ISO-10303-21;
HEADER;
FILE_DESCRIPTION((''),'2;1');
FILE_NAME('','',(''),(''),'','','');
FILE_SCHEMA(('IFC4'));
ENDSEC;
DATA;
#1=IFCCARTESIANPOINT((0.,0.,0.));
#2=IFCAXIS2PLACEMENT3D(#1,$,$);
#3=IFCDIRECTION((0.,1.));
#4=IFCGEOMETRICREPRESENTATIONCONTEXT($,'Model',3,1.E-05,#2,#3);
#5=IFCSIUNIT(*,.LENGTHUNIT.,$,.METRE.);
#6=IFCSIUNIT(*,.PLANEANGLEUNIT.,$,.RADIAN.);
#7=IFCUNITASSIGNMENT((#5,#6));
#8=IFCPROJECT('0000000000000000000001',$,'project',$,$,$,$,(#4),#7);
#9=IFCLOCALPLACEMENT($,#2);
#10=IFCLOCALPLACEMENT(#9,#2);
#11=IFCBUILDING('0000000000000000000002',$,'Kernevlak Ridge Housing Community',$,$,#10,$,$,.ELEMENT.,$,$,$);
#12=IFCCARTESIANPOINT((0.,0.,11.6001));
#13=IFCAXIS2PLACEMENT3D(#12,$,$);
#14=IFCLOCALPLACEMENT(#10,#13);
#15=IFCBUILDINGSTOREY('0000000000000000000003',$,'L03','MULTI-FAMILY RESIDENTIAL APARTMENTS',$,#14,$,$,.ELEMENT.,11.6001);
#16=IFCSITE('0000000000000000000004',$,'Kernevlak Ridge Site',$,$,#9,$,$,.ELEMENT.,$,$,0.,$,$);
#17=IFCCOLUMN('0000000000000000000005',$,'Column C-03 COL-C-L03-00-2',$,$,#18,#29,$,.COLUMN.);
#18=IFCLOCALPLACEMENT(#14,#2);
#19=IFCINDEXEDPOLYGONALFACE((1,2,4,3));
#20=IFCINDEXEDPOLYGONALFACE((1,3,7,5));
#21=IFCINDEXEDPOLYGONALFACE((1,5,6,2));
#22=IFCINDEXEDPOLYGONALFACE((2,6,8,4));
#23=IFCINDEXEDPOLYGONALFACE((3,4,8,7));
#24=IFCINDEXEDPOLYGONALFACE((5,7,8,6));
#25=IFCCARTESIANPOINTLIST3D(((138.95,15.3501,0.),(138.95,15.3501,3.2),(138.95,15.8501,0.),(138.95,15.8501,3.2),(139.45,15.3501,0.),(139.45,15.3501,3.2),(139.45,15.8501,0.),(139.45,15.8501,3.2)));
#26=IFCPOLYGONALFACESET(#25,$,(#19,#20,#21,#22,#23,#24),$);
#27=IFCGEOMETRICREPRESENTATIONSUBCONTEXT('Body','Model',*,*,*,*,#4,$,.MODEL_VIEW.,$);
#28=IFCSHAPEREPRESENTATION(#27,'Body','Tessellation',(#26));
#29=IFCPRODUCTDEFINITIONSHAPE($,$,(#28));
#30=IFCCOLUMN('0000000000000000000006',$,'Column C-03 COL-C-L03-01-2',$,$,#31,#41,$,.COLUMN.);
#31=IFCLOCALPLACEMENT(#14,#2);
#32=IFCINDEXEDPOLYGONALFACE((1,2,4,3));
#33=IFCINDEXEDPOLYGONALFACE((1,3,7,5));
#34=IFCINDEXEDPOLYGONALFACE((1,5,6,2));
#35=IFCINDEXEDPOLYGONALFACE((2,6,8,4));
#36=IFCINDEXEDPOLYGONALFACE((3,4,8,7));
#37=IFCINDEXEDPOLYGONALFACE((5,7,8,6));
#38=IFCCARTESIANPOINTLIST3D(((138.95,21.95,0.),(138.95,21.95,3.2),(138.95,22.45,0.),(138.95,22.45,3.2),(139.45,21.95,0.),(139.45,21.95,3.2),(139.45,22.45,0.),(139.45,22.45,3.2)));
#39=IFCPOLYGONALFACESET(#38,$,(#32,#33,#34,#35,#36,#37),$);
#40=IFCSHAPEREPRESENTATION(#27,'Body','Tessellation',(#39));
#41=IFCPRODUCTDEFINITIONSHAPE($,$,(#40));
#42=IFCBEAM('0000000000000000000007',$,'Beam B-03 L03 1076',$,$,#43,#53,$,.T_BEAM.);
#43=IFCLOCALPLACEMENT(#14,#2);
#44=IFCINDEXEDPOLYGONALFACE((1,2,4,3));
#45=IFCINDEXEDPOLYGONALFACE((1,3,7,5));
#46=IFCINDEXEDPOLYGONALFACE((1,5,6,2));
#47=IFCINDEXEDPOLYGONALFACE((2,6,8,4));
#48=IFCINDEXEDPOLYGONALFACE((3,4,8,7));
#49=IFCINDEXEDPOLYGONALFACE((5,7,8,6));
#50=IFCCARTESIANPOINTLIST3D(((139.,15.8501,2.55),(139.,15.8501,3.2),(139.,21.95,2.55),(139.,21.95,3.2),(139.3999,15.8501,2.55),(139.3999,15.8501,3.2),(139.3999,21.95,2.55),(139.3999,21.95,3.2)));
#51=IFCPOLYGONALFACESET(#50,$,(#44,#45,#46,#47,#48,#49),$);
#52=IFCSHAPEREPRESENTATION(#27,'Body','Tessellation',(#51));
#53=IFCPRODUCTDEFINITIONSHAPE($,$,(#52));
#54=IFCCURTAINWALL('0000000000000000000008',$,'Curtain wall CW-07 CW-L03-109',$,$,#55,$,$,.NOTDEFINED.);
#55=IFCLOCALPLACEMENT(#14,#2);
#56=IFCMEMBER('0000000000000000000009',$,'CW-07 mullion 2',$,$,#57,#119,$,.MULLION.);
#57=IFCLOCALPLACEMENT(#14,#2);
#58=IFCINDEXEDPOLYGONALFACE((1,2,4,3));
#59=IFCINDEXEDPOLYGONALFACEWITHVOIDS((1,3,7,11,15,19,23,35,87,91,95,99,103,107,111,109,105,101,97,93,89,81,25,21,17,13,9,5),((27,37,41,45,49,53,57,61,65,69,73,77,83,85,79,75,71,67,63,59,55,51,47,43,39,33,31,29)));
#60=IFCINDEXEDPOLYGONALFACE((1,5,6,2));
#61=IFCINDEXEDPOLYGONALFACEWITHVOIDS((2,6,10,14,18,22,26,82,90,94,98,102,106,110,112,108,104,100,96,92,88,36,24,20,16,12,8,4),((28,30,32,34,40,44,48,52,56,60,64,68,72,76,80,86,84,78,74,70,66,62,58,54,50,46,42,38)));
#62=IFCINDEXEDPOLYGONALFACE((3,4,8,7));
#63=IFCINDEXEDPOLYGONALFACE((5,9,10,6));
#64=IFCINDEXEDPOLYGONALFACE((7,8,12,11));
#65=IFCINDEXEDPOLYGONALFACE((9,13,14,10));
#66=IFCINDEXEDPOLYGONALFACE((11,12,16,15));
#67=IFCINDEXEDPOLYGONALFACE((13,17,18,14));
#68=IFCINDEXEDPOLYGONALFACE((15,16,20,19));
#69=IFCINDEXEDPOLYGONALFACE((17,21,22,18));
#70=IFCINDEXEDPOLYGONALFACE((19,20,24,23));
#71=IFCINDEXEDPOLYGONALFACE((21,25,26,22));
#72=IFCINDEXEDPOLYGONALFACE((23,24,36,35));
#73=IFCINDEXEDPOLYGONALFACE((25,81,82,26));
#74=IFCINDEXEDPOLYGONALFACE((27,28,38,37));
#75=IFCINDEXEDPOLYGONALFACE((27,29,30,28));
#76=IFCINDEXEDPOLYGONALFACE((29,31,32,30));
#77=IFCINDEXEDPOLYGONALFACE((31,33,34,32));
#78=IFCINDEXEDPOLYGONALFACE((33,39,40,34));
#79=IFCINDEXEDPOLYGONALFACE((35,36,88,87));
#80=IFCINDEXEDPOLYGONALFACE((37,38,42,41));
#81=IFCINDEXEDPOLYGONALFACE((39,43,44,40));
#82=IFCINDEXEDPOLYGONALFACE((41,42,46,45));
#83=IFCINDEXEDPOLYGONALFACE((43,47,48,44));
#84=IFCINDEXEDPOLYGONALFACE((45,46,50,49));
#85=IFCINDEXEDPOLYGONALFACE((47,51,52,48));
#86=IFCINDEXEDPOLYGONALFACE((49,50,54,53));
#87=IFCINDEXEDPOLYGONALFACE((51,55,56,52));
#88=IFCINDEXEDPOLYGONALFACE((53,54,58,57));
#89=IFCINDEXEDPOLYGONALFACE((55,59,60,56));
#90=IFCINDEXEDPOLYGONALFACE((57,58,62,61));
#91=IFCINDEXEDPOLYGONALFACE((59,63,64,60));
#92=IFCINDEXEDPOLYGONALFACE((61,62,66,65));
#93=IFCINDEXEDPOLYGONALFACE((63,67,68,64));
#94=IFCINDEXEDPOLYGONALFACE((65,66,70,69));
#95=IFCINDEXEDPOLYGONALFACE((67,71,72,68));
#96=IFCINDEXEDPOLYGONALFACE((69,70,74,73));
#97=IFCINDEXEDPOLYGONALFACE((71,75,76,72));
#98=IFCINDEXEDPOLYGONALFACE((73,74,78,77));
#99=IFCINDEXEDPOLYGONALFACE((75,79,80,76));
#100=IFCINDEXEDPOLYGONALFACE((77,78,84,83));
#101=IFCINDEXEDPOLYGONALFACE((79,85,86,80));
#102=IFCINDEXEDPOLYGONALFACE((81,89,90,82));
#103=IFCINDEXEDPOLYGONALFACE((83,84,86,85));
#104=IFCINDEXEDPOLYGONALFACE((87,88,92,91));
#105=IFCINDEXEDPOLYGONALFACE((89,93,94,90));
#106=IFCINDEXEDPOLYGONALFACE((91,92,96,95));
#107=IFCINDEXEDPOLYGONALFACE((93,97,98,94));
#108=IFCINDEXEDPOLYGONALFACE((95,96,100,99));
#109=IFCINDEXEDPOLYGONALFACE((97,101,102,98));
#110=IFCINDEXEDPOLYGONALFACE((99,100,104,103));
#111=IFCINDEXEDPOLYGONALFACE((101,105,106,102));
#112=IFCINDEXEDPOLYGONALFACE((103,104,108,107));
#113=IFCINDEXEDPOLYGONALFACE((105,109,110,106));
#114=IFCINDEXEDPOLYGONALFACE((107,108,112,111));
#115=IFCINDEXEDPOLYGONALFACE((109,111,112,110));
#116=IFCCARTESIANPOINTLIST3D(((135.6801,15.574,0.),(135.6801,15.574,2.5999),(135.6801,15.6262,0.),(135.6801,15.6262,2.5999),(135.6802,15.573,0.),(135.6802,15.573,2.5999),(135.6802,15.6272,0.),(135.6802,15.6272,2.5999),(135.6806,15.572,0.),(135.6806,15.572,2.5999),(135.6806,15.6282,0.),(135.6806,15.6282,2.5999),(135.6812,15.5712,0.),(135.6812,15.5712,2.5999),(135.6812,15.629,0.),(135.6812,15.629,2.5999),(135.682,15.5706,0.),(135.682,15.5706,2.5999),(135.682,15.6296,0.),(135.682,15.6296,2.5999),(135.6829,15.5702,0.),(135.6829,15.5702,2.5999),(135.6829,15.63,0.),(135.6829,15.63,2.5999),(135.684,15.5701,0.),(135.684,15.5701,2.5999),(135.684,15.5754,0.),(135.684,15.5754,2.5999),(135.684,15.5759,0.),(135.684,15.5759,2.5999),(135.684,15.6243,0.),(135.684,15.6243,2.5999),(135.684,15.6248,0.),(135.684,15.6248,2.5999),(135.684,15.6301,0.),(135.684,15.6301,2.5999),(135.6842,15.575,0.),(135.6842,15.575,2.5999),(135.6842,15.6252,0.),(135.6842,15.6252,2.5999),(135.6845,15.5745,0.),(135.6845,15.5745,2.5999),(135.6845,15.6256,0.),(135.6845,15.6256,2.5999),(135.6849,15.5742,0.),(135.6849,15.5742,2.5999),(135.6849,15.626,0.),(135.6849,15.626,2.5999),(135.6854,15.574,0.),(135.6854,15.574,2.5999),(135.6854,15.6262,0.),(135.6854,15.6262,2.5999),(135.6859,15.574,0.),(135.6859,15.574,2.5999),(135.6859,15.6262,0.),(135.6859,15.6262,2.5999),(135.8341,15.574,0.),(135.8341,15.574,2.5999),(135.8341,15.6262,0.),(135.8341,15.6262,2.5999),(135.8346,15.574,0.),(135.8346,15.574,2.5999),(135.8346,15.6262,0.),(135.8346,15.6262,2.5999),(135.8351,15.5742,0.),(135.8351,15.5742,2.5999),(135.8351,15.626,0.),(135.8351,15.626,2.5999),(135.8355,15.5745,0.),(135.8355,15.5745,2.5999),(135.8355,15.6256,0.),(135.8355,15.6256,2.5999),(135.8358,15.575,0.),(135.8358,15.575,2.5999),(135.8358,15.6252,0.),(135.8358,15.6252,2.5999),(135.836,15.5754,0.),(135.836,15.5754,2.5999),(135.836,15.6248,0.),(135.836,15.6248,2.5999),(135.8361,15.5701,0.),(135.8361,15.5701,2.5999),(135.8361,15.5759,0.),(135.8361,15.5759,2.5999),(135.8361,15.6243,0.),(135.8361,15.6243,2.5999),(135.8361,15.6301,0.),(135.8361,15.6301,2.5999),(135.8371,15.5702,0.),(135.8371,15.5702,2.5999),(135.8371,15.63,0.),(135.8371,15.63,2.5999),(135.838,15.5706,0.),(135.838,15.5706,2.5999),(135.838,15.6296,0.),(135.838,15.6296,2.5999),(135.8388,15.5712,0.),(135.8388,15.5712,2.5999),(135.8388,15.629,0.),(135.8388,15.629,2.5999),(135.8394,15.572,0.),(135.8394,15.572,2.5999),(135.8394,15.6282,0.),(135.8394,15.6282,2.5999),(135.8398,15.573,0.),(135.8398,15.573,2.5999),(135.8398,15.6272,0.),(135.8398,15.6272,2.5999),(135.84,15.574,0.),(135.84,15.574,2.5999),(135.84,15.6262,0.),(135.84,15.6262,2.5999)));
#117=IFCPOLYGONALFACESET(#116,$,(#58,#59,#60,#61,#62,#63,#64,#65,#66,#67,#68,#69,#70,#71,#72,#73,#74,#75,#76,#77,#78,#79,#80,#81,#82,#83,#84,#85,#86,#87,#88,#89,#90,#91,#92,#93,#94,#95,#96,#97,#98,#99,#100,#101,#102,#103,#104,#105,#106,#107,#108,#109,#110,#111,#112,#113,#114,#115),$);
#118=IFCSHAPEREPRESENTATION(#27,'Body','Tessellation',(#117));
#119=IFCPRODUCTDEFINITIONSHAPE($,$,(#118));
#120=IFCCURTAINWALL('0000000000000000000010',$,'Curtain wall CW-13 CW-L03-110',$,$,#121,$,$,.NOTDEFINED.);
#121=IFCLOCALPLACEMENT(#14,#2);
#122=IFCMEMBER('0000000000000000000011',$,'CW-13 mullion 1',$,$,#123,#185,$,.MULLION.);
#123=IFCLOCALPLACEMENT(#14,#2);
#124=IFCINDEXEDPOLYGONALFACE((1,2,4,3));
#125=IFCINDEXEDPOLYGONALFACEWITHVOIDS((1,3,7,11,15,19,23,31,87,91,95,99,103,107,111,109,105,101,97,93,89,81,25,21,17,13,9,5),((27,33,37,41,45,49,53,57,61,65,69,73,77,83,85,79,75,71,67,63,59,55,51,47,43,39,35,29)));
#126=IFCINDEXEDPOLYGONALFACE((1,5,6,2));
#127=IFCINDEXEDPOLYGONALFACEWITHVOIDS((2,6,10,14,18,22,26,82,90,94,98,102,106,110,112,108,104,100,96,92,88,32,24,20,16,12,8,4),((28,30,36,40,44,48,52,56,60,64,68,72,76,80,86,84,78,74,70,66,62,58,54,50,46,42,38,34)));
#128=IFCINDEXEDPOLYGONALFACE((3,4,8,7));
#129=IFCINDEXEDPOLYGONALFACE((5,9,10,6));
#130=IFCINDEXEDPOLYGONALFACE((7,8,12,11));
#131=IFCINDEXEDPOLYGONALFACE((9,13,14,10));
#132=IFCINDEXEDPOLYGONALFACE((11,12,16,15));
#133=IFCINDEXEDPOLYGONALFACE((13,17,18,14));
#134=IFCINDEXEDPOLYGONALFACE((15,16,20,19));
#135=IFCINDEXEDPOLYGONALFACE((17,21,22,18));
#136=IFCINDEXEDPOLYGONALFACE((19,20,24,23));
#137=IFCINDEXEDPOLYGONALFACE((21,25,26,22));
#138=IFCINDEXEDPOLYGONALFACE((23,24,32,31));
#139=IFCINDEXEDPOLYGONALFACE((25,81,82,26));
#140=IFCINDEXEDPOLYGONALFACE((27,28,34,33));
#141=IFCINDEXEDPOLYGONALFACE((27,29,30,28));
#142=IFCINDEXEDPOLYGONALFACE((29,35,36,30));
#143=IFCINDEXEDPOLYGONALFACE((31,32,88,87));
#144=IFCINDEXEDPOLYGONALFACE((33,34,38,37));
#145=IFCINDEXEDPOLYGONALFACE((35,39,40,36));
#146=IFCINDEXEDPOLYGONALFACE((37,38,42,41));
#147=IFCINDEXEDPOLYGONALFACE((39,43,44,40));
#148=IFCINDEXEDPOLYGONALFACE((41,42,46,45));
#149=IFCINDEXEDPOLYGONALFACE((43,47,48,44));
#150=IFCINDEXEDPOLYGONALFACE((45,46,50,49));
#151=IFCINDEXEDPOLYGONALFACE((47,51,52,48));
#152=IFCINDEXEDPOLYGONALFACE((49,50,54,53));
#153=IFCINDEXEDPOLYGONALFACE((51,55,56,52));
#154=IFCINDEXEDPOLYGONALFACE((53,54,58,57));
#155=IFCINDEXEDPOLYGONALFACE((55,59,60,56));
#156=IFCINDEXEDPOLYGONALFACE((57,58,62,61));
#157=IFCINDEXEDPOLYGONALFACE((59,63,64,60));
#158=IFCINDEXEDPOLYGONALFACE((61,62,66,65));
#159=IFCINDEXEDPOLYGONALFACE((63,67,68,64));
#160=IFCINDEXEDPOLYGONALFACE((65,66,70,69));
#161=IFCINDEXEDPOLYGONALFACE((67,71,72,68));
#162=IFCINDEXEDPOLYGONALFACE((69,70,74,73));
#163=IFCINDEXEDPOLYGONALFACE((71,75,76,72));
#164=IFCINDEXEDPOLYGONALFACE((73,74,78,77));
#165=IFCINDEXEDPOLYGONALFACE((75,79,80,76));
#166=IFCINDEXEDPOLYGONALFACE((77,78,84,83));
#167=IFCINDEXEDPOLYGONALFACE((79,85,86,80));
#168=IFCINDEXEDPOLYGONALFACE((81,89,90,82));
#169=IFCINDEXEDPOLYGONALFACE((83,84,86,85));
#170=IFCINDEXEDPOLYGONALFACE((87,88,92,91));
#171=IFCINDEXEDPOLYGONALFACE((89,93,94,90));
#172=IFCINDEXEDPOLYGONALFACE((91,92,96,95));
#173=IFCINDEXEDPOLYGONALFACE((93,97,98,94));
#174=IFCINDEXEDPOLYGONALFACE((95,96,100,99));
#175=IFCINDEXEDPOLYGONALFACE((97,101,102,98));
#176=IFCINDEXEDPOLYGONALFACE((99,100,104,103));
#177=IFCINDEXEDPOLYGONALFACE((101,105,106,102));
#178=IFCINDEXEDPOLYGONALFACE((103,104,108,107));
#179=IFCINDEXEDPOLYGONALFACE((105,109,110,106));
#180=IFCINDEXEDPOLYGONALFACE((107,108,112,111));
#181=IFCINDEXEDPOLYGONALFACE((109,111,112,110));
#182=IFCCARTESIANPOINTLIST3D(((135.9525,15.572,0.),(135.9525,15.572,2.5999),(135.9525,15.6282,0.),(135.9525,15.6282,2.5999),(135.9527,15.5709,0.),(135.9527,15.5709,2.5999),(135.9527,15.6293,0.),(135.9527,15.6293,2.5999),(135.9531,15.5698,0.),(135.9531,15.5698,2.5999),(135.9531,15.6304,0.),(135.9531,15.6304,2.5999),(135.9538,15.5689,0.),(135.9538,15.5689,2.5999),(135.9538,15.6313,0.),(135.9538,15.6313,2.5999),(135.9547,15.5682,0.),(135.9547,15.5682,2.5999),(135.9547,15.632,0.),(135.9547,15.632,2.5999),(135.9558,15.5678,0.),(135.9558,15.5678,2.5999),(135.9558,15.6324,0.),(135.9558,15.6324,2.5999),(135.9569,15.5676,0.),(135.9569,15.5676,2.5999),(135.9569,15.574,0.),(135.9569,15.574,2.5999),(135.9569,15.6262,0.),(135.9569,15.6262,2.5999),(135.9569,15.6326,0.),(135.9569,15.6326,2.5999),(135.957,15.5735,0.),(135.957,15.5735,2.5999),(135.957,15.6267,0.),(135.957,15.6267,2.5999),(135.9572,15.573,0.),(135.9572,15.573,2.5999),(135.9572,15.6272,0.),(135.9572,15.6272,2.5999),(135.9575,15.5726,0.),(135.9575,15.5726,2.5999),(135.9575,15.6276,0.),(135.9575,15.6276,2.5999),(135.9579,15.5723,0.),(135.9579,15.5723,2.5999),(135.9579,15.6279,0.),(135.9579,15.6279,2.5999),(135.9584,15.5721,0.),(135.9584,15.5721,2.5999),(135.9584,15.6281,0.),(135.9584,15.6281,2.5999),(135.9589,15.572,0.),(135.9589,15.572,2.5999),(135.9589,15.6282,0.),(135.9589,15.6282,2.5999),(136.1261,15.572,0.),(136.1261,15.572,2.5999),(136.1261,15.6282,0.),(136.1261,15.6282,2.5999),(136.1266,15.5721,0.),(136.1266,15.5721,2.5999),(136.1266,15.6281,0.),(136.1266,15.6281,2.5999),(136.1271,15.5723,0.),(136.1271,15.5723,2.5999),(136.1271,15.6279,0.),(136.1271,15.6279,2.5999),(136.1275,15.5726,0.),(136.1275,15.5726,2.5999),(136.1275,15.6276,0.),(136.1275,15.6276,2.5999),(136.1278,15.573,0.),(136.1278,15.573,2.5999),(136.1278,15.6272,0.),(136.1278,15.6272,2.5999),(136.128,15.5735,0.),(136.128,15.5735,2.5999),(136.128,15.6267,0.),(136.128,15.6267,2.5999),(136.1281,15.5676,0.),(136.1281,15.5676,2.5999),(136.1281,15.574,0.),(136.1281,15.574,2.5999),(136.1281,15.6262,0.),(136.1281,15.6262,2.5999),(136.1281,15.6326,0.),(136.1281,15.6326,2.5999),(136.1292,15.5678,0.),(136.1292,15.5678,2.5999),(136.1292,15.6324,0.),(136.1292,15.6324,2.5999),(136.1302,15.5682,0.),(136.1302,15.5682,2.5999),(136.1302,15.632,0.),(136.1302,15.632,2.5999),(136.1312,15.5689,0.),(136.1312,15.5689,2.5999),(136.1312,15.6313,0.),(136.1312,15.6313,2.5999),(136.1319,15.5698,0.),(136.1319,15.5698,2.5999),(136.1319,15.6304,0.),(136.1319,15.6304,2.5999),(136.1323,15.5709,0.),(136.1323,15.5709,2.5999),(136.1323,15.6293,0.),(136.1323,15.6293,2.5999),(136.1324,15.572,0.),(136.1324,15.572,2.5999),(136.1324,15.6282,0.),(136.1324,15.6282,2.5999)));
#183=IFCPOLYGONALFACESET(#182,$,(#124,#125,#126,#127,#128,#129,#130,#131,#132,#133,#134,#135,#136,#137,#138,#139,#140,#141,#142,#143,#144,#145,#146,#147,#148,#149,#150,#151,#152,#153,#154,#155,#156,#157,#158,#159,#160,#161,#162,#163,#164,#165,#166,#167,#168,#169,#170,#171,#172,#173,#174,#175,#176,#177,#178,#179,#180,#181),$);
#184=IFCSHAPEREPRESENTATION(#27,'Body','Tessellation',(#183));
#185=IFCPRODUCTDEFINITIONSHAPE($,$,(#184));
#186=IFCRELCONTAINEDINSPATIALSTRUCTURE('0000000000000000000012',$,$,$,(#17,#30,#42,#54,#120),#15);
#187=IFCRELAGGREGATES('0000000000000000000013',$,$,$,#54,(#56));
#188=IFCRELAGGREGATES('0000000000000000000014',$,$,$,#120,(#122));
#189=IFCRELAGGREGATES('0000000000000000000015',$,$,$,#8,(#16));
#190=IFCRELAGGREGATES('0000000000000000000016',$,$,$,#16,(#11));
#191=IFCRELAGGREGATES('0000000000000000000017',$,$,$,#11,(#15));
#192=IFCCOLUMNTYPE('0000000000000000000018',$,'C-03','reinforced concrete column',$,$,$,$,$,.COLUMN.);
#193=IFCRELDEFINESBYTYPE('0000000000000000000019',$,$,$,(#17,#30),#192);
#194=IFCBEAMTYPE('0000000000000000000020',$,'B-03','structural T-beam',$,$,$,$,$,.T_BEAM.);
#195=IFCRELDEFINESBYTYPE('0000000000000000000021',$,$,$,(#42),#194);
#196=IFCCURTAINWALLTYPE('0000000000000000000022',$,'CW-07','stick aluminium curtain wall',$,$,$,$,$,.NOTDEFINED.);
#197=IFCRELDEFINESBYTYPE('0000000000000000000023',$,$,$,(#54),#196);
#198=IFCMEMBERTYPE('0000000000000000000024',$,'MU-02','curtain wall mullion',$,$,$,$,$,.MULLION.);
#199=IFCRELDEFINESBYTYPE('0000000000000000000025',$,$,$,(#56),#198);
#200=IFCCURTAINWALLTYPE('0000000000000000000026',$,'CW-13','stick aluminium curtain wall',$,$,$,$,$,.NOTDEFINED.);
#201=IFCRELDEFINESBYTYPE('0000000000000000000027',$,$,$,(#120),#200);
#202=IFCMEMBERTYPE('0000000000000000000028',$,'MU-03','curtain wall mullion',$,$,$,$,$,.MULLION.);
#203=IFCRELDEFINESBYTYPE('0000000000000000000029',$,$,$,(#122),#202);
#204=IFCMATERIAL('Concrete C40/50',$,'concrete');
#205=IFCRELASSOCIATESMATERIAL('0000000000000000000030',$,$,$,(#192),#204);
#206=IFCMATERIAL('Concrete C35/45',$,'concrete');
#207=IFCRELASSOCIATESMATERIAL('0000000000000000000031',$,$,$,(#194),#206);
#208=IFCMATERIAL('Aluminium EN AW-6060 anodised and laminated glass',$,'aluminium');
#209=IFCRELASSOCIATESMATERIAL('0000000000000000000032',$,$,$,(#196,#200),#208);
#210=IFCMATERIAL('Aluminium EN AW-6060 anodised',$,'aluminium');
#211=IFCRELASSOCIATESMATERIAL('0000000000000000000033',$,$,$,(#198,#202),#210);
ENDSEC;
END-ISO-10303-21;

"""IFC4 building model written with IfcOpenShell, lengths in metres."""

from ifc_helpers import new_model, si_unit, direction, frame, origin, origin_2d, place, context, subcontext, project, spatial, rectangle, hollow_rectangle, extrude, material, material_profile, profile_set, type_object, element, aggregate, save


model = new_model("IFC4")

# Units and contexts
model_context = context("Model", 3, precision=1e-05, world=origin(), true_north=direction((0.0, 1.0)))
body_context = subcontext(model_context, "Body", "Model", "MODEL_VIEW")
ifc_project = project(units=[si_unit("LENGTHUNIT", "METRE"), si_unit("PLANEANGLEUNIT", "RADIAN")], contexts=[model_context])

# Site, building, storey
site_placement = place(None, origin())
site = spatial("IfcSite", under=ifc_project, at=site_placement, Name="Kernevlak Ridge Site", CompositionType="ELEMENT", RefElevation=0.0)
building_placement = place(site_placement, origin())
building = spatial("IfcBuilding", under=site, at=building_placement, Name="Kernevlak Ridge Housing Community", CompositionType="ELEMENT")
storey_placement = place(building_placement, frame((0.0, 0.0, 11.6001)))
storey = spatial("IfcBuildingStorey", under=building, at=storey_placement, Name="L03", Description="MULTI-FAMILY RESIDENTIAL APARTMENTS", CompositionType="ELEMENT", Elevation=11.6001)

# Columns
ifc_material_1 = material(Name="Concrete C40/50", Category="concrete")
ifc_material_profile_1 = material_profile(ifc_material_1, rectangle(XDim=0.5, YDim=0.5, at=origin_2d()), Name="RC 500x500")
ifc_profile_set_1 = profile_set([ifc_material_profile_1], Name="Concrete C40/50")
column_type = type_object("IfcColumnType", Name="C-03", Description="reinforced concrete column", PredefinedType="COLUMN", material=ifc_profile_set_1)
for number, where, z_axis, x_axis, name in (
    (1, (139.2, 15.6001, 0.0), (0.0, 0.0, 1.0), (1.0, 0.0, 0.0), "Column C-03 COL-C-L03-00-2"),
    (2, (139.2, 22.2, 0.0), (0.0, 0.0, 1.0), (1.0, 0.0, 0.0), "Column C-03 COL-C-L03-01-2"),
):
    element("IfcColumn", number, at=place(storey_placement, frame(where, z_axis=z_axis, x_axis=x_axis)), inside=storey, type_object=column_type, Name=name, PredefinedType="COLUMN", context=body_context, shape_type="SweptSolid", body=[
        extrude(rectangle(XDim=0.5, YDim=0.5, at=origin_2d()), origin(), (0.0, 0.0, 1.0), 3.2),
    ])

# Beam
ifc_material_2 = material(Name="Concrete C35/45", Category="concrete")
ifc_material_profile_2 = material_profile(ifc_material_2, rectangle(XDim=0.3999, YDim=0.6499, at=origin_2d()), Name="RC 400x650")
ifc_profile_set_2 = profile_set([ifc_material_profile_2], Name="Concrete C35/45")
beam_type = type_object("IfcBeamType", Name="B-03", Description="structural T-beam", PredefinedType="T_BEAM", material=ifc_profile_set_2)
beam_placement = place(storey_placement, frame((139.2, 15.8501, 2.875), z_axis=(0.0, 1.0, 0.0), x_axis=(-1.0, 0.0, 0.0)))
element("IfcBeam", 3, at=beam_placement, inside=storey, type_object=beam_type, Name="Beam B-03 L03 1076", PredefinedType="T_BEAM", context=body_context, shape_type="SweptSolid", body=[
    extrude(rectangle(XDim=0.3999, YDim=0.6499, at=origin_2d()), origin(), (0.0, 0.0, 1.0), 6.0999),
])

# Curtain wall, member
ifc_material_3 = material(Name="Aluminium EN AW-6060 anodised and laminated glass", Category="aluminium")
curtain_wall_type_1 = type_object("IfcCurtainWallType", Name="CW-07", Description="stick aluminium curtain wall", PredefinedType="NOTDEFINED", material=ifc_material_3)
curtain_wall_1_placement = place(storey_placement, origin())
curtain_wall_1 = element("IfcCurtainWall", 4, at=curtain_wall_1_placement, inside=storey, type_object=curtain_wall_type_1, Name="Curtain wall CW-07 CW-L03-109", PredefinedType="NOTDEFINED")
ifc_material_4 = material(Name="Aluminium EN AW-6060 anodised", Category="aluminium")
ifc_material_profile_3 = material_profile(ifc_material_4, hollow_rectangle(XDim=0.0601, YDim=0.1599, WallThickness=0.0039, InnerFilletRadius=0.002, OuterFilletRadius=0.0039, at=origin_2d()), Name="ALU 60x160x4")
ifc_profile_set_3 = profile_set([ifc_material_profile_3], Name="Aluminium EN AW-6060 anodised")
member_type_1 = type_object("IfcMemberType", Name="MU-02", Description="curtain wall mullion", PredefinedType="MULLION", material=ifc_profile_set_3)
member_1_placement = place(storey_placement, frame((135.76, 15.6001, 0.0), z_axis=(0.0, 0.0, 1.0), x_axis=(0.0, 1.0, 0.0)))
member_1 = element("IfcMember", 5, at=member_1_placement, type_object=member_type_1, Name="CW-07 mullion 2", PredefinedType="MULLION", context=body_context, shape_type="SweptSolid", body=[
    extrude(hollow_rectangle(XDim=0.0601, YDim=0.1599, WallThickness=0.0039, InnerFilletRadius=0.002, OuterFilletRadius=0.0039, at=origin_2d()), origin(), (0.0, 0.0, 1.0), 2.5999),
])

# Curtain wall, member
curtain_wall_type_2 = type_object("IfcCurtainWallType", Name="CW-13", Description="stick aluminium curtain wall", PredefinedType="NOTDEFINED", material=ifc_material_3)
curtain_wall_2_placement = place(storey_placement, origin())
curtain_wall_2 = element("IfcCurtainWall", 6, at=curtain_wall_2_placement, inside=storey, type_object=curtain_wall_type_2, Name="Curtain wall CW-13 CW-L03-110", PredefinedType="NOTDEFINED")
ifc_material_profile_4 = material_profile(ifc_material_4, hollow_rectangle(XDim=0.0649, YDim=0.1799, WallThickness=0.0044, InnerFilletRadius=0.002, OuterFilletRadius=0.0044, at=origin_2d()), Name="ALU 65x180x4.5")
ifc_profile_set_4 = profile_set([ifc_material_profile_4], Name="Aluminium EN AW-6060 anodised")
member_type_2 = type_object("IfcMemberType", Name="MU-03", Description="curtain wall mullion", PredefinedType="MULLION", material=ifc_profile_set_4)
member_2_placement = place(storey_placement, frame((136.0425, 15.6001, 0.0), z_axis=(0.0, 0.0, 1.0), x_axis=(0.0, 1.0, 0.0)))
member_2 = element("IfcMember", 7, at=member_2_placement, type_object=member_type_2, Name="CW-13 mullion 1", PredefinedType="MULLION", context=body_context, shape_type="SweptSolid", body=[
    extrude(hollow_rectangle(XDim=0.0649, YDim=0.1799, WallThickness=0.0044, InnerFilletRadius=0.002, OuterFilletRadius=0.0044, at=origin_2d()), origin(), (0.0, 0.0, 1.0), 2.5999),
])

aggregate(curtain_wall_1, [member_1])
aggregate(curtain_wall_2, [member_2])

save(model, "model.ifc")
